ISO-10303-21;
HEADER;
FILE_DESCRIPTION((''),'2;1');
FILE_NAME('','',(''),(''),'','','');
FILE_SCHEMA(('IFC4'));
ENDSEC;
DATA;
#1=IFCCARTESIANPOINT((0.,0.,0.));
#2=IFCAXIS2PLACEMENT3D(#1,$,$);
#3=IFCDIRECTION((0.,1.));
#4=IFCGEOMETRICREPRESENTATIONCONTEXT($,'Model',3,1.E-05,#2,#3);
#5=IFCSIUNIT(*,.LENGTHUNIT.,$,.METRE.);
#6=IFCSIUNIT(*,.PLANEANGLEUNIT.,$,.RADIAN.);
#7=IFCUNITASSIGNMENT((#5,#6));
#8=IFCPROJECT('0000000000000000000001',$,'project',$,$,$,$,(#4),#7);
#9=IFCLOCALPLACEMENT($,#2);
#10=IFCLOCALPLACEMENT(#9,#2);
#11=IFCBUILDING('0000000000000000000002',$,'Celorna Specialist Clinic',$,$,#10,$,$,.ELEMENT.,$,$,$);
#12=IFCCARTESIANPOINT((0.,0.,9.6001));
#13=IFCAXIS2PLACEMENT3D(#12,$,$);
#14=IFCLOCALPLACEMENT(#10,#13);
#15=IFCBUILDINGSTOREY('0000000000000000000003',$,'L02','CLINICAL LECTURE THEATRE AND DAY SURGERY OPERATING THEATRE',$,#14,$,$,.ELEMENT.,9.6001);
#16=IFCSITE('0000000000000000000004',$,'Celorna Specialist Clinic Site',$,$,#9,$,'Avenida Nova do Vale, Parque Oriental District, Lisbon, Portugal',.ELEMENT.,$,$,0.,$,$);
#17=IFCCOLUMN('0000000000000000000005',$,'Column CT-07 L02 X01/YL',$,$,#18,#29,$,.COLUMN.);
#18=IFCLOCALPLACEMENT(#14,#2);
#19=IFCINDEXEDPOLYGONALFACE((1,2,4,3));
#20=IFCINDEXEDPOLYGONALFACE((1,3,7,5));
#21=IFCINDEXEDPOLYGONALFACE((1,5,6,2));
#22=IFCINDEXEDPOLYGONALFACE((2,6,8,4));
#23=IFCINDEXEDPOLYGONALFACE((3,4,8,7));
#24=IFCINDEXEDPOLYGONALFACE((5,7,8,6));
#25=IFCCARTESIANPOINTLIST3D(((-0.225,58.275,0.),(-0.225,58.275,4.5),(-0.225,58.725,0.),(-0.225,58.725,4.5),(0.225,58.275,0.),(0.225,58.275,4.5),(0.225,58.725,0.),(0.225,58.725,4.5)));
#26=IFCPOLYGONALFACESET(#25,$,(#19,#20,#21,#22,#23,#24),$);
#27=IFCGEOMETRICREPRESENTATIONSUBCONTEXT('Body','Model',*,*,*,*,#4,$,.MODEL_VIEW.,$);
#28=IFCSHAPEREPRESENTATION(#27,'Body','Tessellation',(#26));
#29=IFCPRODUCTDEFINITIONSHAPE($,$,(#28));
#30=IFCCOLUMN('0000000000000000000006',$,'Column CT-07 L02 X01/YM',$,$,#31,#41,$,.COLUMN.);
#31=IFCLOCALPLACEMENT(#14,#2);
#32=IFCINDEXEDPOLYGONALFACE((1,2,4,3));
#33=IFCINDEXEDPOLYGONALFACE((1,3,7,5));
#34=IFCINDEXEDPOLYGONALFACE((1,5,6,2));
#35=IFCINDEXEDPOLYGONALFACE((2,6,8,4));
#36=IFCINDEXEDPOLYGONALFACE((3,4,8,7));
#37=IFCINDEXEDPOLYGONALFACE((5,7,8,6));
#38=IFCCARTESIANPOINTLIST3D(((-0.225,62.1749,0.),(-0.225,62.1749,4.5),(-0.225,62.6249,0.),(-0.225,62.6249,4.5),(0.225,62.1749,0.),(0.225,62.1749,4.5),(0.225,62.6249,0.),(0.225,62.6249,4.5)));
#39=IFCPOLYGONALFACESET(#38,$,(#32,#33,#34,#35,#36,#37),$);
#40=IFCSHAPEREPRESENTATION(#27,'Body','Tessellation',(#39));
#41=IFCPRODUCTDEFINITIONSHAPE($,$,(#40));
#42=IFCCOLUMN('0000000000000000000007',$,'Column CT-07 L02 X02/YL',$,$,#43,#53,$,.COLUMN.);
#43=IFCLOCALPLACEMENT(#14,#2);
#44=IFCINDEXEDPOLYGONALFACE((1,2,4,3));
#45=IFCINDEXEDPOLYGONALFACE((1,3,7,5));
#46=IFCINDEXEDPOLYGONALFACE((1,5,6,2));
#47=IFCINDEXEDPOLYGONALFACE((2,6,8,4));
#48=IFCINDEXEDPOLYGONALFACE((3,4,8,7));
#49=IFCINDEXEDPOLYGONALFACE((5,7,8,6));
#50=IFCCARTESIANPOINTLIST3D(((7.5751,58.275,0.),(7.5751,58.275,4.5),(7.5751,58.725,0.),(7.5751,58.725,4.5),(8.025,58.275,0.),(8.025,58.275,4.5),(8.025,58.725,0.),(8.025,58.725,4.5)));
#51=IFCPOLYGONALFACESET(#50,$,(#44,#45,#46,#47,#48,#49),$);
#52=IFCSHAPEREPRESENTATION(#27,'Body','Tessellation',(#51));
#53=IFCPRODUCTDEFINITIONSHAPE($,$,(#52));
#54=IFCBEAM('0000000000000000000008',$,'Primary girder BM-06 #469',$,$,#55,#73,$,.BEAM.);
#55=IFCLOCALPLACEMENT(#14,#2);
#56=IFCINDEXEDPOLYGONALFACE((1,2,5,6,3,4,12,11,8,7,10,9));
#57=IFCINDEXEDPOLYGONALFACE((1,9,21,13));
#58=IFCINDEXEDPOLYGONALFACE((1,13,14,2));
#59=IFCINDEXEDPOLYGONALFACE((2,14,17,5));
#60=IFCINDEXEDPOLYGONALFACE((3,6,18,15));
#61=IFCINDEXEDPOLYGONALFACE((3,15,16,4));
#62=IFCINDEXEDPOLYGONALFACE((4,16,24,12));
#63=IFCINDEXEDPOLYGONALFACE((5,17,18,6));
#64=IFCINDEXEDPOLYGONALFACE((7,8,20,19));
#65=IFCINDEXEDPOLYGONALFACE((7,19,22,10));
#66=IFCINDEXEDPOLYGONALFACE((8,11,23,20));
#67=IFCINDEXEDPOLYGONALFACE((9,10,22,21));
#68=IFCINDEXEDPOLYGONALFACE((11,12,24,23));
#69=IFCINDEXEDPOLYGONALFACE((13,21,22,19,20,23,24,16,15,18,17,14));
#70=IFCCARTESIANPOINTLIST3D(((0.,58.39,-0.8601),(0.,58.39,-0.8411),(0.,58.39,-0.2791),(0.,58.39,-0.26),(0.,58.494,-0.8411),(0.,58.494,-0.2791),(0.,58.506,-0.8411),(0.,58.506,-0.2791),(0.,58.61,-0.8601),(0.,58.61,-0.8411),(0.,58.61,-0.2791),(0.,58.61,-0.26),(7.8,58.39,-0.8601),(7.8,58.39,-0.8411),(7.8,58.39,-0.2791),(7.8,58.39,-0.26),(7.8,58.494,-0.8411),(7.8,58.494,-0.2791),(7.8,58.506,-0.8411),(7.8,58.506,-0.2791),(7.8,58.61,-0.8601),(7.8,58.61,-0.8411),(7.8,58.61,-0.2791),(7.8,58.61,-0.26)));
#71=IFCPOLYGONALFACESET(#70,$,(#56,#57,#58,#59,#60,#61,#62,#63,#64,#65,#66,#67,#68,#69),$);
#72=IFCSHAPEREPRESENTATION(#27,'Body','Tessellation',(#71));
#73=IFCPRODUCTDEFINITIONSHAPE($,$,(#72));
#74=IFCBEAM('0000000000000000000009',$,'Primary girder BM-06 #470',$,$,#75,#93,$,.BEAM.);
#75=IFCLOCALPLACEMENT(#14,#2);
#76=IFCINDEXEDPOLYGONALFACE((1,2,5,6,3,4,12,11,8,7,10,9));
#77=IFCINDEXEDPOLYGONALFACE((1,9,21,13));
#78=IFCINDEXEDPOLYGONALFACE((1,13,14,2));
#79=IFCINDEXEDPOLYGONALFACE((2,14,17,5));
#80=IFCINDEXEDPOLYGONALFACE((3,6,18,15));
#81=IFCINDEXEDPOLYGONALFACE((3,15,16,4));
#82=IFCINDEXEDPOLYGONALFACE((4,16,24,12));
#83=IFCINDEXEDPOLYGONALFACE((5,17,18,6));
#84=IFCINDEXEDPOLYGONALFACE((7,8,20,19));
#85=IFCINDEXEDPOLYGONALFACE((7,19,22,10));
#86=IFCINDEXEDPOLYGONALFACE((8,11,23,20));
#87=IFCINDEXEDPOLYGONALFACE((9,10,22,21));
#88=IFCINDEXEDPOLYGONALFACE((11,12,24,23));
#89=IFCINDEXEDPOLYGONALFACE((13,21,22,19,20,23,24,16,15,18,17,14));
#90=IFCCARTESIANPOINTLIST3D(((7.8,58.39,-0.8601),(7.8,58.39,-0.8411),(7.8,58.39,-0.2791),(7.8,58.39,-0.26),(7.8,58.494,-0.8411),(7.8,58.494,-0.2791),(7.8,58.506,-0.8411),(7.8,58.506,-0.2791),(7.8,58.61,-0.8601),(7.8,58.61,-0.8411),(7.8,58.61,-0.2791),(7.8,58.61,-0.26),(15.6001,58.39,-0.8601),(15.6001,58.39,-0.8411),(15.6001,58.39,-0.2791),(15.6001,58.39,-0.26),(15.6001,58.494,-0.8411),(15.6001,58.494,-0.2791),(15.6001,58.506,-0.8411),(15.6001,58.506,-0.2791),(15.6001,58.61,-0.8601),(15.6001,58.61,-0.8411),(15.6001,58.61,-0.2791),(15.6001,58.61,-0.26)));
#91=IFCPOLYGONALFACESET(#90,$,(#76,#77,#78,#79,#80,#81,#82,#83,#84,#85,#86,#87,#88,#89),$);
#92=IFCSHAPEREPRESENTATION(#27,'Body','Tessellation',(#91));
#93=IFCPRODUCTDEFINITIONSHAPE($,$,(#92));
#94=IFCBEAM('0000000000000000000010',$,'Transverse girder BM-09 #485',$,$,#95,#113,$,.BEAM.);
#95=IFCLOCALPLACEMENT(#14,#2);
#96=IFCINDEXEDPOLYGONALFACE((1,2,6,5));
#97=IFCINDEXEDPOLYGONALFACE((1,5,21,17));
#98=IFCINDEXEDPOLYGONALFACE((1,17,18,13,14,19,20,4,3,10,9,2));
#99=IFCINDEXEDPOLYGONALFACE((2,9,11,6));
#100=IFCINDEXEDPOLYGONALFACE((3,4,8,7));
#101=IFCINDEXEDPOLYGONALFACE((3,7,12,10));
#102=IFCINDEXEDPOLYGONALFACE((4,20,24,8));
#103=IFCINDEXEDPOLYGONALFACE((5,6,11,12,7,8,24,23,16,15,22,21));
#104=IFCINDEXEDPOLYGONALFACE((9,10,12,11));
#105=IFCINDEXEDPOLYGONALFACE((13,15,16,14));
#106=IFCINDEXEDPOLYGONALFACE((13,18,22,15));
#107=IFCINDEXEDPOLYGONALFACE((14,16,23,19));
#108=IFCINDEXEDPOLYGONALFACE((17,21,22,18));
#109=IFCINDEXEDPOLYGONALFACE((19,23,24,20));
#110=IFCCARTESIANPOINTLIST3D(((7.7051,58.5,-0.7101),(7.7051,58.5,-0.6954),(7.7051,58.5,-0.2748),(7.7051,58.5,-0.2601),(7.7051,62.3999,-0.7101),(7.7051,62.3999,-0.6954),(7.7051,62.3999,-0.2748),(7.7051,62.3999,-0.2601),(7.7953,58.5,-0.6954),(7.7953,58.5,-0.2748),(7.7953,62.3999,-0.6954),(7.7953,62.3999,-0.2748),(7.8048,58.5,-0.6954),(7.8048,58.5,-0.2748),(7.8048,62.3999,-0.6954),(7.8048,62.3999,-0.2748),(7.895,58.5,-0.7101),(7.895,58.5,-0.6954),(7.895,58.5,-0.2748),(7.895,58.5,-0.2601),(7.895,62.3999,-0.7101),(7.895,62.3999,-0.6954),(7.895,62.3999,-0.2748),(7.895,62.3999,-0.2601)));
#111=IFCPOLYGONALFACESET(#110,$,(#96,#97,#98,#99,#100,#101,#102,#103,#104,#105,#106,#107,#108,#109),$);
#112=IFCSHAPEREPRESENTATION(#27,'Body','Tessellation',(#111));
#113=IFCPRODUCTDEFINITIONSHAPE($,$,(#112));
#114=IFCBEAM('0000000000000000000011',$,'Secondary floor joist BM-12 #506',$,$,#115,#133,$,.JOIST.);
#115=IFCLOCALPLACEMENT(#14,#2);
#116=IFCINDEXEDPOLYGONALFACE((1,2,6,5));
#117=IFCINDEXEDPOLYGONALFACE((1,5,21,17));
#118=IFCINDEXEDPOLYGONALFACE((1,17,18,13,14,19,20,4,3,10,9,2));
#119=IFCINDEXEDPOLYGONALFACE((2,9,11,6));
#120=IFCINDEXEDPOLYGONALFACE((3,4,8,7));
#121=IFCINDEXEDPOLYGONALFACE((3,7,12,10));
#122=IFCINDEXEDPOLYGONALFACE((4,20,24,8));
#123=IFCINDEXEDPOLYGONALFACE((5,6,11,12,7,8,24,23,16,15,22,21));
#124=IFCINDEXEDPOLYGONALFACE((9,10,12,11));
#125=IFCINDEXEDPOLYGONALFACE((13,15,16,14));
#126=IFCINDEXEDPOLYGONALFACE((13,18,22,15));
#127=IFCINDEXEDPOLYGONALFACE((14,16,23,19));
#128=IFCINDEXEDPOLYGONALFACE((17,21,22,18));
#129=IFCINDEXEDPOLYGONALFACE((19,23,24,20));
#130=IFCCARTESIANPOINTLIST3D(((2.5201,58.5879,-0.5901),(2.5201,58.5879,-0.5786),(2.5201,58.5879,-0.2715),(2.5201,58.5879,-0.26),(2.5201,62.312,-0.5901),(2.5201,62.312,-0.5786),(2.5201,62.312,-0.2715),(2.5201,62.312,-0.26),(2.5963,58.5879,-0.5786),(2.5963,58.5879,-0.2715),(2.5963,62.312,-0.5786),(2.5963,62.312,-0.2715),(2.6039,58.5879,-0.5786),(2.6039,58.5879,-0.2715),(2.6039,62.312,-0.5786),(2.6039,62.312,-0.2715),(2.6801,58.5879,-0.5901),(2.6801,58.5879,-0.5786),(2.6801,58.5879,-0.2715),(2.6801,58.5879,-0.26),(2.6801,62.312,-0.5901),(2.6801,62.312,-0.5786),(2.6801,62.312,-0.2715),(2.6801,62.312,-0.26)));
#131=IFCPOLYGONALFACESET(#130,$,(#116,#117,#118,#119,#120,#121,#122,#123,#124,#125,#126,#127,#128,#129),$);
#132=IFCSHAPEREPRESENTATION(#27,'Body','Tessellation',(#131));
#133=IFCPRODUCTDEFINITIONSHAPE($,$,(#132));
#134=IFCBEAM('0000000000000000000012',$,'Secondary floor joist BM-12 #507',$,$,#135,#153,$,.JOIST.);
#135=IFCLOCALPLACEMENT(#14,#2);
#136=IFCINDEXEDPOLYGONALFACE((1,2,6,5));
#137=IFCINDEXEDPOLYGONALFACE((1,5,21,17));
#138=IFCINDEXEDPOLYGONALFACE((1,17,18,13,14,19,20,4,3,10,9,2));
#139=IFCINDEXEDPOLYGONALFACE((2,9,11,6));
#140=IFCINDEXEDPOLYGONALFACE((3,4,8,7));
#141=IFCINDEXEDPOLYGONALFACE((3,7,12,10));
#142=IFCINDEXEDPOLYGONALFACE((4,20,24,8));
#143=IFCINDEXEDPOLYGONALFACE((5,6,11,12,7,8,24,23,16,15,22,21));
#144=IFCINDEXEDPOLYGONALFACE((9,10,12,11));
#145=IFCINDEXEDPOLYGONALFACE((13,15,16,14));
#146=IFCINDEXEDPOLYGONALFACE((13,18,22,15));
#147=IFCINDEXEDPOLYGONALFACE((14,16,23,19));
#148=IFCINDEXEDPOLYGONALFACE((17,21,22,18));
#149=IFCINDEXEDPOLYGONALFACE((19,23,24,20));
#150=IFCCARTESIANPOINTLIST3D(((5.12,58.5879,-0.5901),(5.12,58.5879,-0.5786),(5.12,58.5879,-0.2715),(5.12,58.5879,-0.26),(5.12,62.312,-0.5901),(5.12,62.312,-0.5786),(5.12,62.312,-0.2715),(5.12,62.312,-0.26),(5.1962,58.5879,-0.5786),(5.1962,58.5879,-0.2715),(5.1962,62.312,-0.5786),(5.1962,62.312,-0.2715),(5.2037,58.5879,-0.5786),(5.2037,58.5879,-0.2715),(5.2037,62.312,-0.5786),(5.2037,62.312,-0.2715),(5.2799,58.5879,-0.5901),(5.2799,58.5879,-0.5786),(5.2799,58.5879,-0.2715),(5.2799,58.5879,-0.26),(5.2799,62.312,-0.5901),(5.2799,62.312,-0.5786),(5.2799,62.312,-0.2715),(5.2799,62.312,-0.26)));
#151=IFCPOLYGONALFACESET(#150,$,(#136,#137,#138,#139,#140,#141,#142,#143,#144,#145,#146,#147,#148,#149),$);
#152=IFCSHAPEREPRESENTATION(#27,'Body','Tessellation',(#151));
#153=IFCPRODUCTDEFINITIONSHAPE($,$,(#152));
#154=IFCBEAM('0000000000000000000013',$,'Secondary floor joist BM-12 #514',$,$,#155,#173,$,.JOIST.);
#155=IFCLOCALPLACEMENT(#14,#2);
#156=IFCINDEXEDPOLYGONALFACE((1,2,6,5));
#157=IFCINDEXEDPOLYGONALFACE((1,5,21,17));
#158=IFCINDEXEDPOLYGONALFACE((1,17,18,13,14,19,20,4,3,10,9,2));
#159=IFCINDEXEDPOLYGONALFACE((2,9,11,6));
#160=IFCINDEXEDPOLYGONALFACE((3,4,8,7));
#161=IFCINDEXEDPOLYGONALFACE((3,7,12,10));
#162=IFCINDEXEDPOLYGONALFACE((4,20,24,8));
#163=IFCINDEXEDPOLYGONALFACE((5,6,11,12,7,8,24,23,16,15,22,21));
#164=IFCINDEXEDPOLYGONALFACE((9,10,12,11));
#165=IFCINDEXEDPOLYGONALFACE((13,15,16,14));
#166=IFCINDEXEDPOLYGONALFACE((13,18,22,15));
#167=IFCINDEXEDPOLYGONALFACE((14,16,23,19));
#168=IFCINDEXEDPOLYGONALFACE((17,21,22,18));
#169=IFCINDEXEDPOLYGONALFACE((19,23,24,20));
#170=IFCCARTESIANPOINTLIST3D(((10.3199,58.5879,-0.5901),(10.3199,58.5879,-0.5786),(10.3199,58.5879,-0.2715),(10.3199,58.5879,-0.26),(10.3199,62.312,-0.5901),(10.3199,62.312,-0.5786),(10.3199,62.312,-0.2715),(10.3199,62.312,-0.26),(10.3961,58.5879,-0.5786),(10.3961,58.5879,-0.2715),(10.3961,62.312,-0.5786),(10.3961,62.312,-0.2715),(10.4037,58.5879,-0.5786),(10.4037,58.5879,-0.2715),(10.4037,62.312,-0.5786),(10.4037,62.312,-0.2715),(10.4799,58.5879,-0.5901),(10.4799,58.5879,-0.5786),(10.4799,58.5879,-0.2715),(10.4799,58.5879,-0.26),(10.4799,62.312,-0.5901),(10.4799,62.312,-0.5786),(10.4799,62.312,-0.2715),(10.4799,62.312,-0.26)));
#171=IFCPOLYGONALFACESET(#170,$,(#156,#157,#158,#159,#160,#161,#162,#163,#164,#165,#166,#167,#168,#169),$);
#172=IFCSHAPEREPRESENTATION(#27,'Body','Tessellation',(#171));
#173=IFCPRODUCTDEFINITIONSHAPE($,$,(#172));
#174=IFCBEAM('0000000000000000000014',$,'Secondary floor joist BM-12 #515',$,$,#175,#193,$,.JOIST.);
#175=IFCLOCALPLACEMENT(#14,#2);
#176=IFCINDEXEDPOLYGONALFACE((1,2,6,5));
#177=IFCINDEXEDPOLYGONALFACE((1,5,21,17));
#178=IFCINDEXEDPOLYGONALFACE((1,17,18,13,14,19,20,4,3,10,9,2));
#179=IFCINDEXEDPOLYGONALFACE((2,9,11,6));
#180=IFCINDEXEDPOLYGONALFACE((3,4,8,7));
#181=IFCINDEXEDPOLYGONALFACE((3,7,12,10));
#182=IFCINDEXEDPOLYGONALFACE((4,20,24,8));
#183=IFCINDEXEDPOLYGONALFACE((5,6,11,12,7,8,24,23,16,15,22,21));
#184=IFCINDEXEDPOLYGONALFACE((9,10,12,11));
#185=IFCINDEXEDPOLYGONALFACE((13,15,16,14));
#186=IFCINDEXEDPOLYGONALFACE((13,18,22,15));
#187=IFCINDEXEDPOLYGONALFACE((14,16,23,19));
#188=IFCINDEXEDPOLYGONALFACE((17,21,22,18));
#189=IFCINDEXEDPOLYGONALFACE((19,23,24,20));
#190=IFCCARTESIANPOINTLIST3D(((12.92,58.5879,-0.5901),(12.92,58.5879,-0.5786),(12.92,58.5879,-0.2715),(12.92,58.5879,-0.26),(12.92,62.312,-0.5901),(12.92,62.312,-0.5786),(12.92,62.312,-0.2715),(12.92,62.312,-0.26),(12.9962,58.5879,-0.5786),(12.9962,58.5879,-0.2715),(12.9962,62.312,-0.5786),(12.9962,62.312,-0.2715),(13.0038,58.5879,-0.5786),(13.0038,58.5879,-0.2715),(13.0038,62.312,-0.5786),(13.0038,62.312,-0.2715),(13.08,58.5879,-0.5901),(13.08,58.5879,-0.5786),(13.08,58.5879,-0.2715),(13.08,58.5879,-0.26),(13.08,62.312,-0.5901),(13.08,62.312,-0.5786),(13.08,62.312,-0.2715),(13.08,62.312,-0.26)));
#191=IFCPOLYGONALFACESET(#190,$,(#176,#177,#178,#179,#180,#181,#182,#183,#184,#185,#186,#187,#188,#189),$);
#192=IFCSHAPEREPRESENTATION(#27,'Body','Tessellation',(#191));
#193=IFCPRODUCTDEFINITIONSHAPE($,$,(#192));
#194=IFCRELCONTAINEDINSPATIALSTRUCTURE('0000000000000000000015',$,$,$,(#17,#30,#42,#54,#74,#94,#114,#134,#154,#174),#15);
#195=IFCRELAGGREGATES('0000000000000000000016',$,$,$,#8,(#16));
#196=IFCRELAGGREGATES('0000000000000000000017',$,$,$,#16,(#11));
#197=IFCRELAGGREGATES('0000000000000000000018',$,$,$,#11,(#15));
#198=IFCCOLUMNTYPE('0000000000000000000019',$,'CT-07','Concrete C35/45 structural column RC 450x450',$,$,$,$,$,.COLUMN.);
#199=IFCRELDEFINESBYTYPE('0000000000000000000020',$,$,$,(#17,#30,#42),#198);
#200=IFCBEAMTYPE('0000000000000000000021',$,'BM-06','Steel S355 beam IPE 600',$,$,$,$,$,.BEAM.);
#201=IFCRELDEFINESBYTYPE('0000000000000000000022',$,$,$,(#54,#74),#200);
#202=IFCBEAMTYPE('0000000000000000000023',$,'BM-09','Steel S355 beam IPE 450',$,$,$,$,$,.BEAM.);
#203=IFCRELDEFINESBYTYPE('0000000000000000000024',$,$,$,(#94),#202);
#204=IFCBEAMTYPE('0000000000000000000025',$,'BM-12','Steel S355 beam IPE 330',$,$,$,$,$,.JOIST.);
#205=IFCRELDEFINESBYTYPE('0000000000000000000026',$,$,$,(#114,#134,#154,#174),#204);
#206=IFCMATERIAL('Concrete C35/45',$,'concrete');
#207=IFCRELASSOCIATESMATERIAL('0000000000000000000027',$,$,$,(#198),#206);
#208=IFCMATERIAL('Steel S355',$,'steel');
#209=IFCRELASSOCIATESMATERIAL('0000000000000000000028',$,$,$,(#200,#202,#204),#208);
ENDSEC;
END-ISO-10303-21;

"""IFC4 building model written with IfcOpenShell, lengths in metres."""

from ifc_helpers import new_model, si_unit, direction, frame, origin, origin_2d, place, context, subcontext, project, spatial, rectangle, i_section, extrude, material, material_profile, profile_set, type_object, element, save


model = new_model("IFC4")

# Units and contexts
model_context = context("Model", 3, precision=1e-05, world=origin(), true_north=direction((0.0, 1.0)))
body_context = subcontext(model_context, "Body", "Model", "MODEL_VIEW")
ifc_project = project(units=[si_unit("LENGTHUNIT", "METRE"), si_unit("PLANEANGLEUNIT", "RADIAN")], contexts=[model_context])

# Site, building, storey
site_placement = place(None, origin())
site = spatial("IfcSite", under=ifc_project, at=site_placement, Name="Celorna Specialist Clinic Site", LongName="Avenida Nova do Vale, Parque Oriental District, Lisbon, Portugal", CompositionType="ELEMENT", RefElevation=0.0)
building_placement = place(site_placement, origin())
building = spatial("IfcBuilding", under=site, at=building_placement, Name="Celorna Specialist Clinic", CompositionType="ELEMENT")
storey_placement = place(building_placement, frame((0.0, 0.0, 9.6001)))
storey = spatial("IfcBuildingStorey", under=building, at=storey_placement, Name="L02", Description="CLINICAL LECTURE THEATRE AND DAY SURGERY OPERATING THEATRE", CompositionType="ELEMENT", Elevation=9.6001)

# Columns
ifc_material_1 = material(Name="Concrete C35/45", Category="concrete")
ifc_material_profile_1 = material_profile(ifc_material_1, rectangle(XDim=0.45, YDim=0.45, at=origin_2d()), Name="RC 450x450")
ifc_profile_set_1 = profile_set([ifc_material_profile_1], Name="Concrete C35/45")
column_type = type_object("IfcColumnType", Name="CT-07", Description="Concrete C35/45 structural column RC 450x450", PredefinedType="COLUMN", material=ifc_profile_set_1)
for number, where, z_axis, x_axis, name in (
    (1, (0.0, 58.5, 0.0), (0.0, 0.0, 1.0), (1.0, 0.0, 0.0), "Column CT-07 L02 X01/YL"),
    (2, (0.0, 62.3999, 0.0), (0.0, 0.0, 1.0), (1.0, 0.0, 0.0), "Column CT-07 L02 X01/YM"),
    (3, (7.8, 58.5, 0.0), (0.0, 0.0, 1.0), (1.0, 0.0, 0.0), "Column CT-07 L02 X02/YL"),
):
    element("IfcColumn", number, at=place(storey_placement, frame(where, z_axis=z_axis, x_axis=x_axis)), inside=storey, type_object=column_type, Name=name, PredefinedType="COLUMN", context=body_context, shape_type="SweptSolid", body=[
        extrude(rectangle(XDim=0.45, YDim=0.45, at=origin_2d()), origin(), (0.0, 0.0, 1.0), 4.5),
    ])

# Beams
ifc_material_2 = material(Name="Steel S355", Category="steel")
ifc_material_profile_2 = material_profile(ifc_material_2, i_section(OverallWidth=0.22, OverallDepth=0.6001, WebThickness=0.012, FlangeThickness=0.019, at=origin_2d()), Name="IPE 600")
ifc_profile_set_2 = profile_set([ifc_material_profile_2], Name="Steel S355")
beam_type_1 = type_object("IfcBeamType", Name="BM-06", Description="Steel S355 beam IPE 600", PredefinedType="BEAM", material=ifc_profile_set_2)
for number, where, z_axis, x_axis, name in (
    (4, (0.0, 58.5, -0.5601), (1.0, 0.0, 0.0), (0.0, 1.0, 0.0), "Primary girder BM-06 #469"),
    (5, (7.8, 58.5, -0.5601), (1.0, 0.0, 0.0), (0.0, 1.0, 0.0), "Primary girder BM-06 #470"),
):
    element("IfcBeam", number, at=place(storey_placement, frame(where, z_axis=z_axis, x_axis=x_axis)), inside=storey, type_object=beam_type_1, Name=name, PredefinedType="BEAM", context=body_context, shape_type="SweptSolid", body=[
        extrude(i_section(OverallWidth=0.22, OverallDepth=0.6001, WebThickness=0.012, FlangeThickness=0.019, at=origin_2d()), origin(), (0.0, 0.0, 1.0), 7.8),
    ])
ifc_material_profile_3 = material_profile(ifc_material_2, i_section(OverallWidth=0.1899, OverallDepth=0.45, WebThickness=0.0095, FlangeThickness=0.0146, at=origin_2d()), Name="IPE 450")
ifc_profile_set_3 = profile_set([ifc_material_profile_3], Name="Steel S355")
beam_type_2 = type_object("IfcBeamType", Name="BM-09", Description="Steel S355 beam IPE 450", PredefinedType="BEAM", material=ifc_profile_set_3)
beam_1_placement = place(storey_placement, frame((7.8, 58.5, -0.4851), z_axis=(0.0, 1.0, 0.0), x_axis=(-1.0, 0.0, 0.0)))
element("IfcBeam", 6, at=beam_1_placement, inside=storey, type_object=beam_type_2, Name="Transverse girder BM-09 #485", PredefinedType="BEAM", context=body_context, shape_type="SweptSolid", body=[
    extrude(i_section(OverallWidth=0.1899, OverallDepth=0.45, WebThickness=0.0095, FlangeThickness=0.0146, at=origin_2d()), origin(), (0.0, 0.0, 1.0), 3.8999),
])
ifc_material_profile_4 = material_profile(ifc_material_2, i_section(OverallWidth=0.1599, OverallDepth=0.3301, WebThickness=0.0076, FlangeThickness=0.0115, at=origin_2d()), Name="IPE 330")
ifc_profile_set_4 = profile_set([ifc_material_profile_4], Name="Steel S355")
beam_type_3 = type_object("IfcBeamType", Name="BM-12", Description="Steel S355 beam IPE 330", PredefinedType="JOIST", material=ifc_profile_set_4)
for number, where, z_axis, x_axis, name in (
    (7, (2.6001, 58.5879, -0.425), (0.0, 1.0, 0.0), (-1.0, 0.0, 0.0), "Secondary floor joist BM-12 #506"),
    (8, (5.2, 58.5879, -0.425), (0.0, 1.0, 0.0), (-1.0, 0.0, 0.0), "Secondary floor joist BM-12 #507"),
    (9, (10.3999, 58.5879, -0.425), (0.0, 1.0, 0.0), (-1.0, 0.0, 0.0), "Secondary floor joist BM-12 #514"),
    (10, (13.0, 58.5879, -0.425), (0.0, 1.0, 0.0), (-1.0, 0.0, 0.0), "Secondary floor joist BM-12 #515"),
):
    element("IfcBeam", number, at=place(storey_placement, frame(where, z_axis=z_axis, x_axis=x_axis)), inside=storey, type_object=beam_type_3, Name=name, PredefinedType="JOIST", context=body_context, shape_type="SweptSolid", body=[
        extrude(i_section(OverallWidth=0.1599, OverallDepth=0.3301, WebThickness=0.0076, FlangeThickness=0.0115, at=origin_2d()), origin(), (0.0, 0.0, 1.0), 3.7241),
    ])

save(model, "model.ifc")
